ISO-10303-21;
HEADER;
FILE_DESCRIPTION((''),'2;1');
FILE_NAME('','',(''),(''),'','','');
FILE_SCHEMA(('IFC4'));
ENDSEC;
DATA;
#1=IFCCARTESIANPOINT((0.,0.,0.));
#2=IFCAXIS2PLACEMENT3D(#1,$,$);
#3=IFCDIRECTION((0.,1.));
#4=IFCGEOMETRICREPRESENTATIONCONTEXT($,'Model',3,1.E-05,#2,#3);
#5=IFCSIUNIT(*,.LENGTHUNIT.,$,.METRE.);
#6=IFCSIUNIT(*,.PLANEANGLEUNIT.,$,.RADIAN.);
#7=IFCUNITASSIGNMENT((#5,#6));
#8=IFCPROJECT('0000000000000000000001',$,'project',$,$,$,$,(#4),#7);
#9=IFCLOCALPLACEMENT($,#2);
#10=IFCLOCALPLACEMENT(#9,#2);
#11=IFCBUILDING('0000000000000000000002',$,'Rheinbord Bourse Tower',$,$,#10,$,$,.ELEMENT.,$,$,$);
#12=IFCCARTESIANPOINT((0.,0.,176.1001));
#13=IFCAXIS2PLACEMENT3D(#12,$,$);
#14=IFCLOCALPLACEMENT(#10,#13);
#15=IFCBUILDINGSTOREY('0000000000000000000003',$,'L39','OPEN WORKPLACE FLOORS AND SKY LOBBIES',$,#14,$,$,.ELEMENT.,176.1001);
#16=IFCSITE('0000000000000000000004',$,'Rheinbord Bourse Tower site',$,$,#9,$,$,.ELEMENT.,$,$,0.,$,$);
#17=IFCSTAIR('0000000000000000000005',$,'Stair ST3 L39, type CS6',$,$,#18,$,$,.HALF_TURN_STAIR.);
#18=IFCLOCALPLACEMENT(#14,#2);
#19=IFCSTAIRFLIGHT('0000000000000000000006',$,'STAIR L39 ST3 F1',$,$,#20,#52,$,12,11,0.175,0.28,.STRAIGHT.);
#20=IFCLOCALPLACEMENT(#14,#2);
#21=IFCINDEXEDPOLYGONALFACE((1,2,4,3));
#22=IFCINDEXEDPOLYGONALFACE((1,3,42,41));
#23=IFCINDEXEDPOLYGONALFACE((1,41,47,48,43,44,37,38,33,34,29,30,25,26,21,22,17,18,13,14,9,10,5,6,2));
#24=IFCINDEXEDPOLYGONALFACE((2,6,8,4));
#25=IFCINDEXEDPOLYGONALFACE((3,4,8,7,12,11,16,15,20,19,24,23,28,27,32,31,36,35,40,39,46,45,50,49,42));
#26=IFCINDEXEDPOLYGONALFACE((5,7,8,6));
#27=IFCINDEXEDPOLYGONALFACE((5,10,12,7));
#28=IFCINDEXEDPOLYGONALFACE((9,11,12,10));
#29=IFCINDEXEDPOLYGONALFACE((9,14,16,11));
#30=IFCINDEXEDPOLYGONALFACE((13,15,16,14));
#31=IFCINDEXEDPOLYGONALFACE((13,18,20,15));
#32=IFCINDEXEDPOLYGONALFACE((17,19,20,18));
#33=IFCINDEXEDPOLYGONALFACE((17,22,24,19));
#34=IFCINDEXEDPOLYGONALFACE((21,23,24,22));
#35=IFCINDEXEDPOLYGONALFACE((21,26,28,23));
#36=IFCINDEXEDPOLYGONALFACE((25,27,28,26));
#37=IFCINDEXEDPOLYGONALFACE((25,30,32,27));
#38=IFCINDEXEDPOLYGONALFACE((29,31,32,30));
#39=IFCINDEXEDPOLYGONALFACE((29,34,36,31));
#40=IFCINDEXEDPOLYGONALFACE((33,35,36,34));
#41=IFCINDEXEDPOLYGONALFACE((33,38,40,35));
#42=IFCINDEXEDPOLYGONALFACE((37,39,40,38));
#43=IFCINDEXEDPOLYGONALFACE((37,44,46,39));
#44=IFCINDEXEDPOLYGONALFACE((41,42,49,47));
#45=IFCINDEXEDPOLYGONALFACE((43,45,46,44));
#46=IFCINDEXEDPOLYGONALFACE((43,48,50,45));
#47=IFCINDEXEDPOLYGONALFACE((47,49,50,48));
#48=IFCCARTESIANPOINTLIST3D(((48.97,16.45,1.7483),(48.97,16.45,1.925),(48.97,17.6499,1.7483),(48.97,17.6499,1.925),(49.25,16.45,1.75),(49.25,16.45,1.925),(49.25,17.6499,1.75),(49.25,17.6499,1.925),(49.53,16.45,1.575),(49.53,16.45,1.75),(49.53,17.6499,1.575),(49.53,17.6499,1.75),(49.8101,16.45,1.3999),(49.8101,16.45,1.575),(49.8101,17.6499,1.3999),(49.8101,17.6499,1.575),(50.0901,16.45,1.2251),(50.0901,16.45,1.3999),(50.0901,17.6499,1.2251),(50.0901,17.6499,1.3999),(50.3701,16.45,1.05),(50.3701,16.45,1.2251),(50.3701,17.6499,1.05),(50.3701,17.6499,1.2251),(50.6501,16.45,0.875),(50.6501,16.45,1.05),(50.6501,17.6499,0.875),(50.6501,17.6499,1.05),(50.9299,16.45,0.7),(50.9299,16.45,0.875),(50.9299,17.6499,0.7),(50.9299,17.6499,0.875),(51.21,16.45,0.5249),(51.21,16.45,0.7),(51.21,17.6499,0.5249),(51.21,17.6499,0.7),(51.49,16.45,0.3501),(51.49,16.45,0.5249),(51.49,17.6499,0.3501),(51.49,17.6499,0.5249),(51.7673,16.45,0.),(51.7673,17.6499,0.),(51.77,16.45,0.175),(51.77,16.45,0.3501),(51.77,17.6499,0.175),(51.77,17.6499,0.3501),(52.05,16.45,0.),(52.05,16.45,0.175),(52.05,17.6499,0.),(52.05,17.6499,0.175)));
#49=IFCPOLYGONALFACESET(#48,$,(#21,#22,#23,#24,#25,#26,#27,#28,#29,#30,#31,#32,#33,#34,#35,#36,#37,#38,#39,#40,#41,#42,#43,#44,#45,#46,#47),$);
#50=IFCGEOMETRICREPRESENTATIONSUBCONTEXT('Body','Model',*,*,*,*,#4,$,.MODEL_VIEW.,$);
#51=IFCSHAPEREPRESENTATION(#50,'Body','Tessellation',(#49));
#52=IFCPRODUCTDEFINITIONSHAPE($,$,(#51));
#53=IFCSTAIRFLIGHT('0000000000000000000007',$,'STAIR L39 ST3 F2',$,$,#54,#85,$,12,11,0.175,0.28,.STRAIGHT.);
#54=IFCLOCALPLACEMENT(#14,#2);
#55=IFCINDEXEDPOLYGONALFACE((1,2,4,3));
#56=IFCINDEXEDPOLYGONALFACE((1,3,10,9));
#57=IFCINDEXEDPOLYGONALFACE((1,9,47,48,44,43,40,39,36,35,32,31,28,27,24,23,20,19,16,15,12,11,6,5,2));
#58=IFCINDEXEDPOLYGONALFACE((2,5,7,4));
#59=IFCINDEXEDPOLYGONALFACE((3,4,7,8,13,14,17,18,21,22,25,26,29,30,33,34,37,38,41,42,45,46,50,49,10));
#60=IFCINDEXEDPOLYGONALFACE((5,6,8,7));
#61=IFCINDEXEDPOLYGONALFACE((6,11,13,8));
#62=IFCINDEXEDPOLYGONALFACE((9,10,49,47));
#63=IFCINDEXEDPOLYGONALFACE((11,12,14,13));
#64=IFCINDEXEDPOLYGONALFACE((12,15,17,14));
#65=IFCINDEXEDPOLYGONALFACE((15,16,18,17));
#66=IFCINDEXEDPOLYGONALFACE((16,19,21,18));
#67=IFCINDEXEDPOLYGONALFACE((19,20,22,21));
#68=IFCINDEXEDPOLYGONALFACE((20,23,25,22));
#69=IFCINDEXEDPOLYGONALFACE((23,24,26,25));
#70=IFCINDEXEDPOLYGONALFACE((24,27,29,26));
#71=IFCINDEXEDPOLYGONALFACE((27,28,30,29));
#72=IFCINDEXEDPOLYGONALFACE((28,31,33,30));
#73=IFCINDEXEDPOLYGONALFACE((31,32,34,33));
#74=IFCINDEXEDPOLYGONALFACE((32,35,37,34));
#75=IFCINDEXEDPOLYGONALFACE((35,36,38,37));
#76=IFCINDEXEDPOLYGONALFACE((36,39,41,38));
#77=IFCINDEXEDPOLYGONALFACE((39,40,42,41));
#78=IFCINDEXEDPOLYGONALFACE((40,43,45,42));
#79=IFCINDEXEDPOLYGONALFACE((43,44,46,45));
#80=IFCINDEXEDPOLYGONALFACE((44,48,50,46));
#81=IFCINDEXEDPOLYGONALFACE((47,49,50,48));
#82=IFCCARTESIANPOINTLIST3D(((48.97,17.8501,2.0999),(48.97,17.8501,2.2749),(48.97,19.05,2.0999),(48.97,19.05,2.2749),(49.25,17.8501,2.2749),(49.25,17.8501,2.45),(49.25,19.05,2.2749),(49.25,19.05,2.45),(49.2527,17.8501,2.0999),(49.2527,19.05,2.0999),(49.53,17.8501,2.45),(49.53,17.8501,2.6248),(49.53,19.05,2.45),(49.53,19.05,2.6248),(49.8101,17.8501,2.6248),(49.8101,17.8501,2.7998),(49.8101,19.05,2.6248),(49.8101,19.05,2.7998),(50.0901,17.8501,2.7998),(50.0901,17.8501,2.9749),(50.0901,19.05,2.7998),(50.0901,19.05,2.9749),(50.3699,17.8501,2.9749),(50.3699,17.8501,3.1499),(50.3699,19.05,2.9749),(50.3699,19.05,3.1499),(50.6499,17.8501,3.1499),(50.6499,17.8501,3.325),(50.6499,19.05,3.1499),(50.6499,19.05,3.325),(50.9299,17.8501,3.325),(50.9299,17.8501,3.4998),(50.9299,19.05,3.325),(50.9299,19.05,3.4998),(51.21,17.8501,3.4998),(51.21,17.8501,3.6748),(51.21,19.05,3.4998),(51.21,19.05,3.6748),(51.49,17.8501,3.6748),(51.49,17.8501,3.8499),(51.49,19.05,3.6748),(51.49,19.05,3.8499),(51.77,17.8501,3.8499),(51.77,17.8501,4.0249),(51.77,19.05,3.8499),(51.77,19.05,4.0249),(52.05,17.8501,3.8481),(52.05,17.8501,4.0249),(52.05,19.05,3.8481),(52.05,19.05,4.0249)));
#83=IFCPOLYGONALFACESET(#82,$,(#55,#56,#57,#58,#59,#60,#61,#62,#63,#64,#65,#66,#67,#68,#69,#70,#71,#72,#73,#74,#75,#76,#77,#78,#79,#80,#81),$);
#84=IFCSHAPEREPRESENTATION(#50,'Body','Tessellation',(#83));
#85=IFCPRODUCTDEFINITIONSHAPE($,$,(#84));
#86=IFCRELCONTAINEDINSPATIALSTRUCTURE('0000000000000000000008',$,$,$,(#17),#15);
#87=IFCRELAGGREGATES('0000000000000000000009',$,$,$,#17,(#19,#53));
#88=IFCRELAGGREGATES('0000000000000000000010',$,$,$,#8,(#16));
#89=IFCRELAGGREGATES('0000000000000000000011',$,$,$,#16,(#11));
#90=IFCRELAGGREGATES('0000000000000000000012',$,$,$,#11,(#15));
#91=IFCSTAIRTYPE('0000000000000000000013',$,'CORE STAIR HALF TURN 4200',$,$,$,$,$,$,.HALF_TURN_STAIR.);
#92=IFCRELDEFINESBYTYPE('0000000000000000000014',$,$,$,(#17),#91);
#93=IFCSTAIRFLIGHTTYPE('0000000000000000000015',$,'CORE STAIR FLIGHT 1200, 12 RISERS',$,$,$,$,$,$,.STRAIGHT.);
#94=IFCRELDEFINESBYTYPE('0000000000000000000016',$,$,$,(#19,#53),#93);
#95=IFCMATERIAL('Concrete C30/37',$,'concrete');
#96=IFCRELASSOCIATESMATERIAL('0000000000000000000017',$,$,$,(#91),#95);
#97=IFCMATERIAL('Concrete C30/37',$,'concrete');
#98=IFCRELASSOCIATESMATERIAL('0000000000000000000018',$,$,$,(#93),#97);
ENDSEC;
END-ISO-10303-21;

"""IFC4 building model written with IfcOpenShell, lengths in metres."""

from ifc_helpers import new_model, si_unit, direction, frame, origin, place, context, subcontext, project, spatial, polyline, outline, extrude, material, type_object, element, aggregate, save


model = new_model("IFC4")

# Units and contexts
model_context = context("Model", 3, precision=1e-05, world=origin(), true_north=direction((0.0, 1.0)))
body_context = subcontext(model_context, "Body", "Model", "MODEL_VIEW")
ifc_project = project(units=[si_unit("LENGTHUNIT", "METRE"), si_unit("PLANEANGLEUNIT", "RADIAN")], contexts=[model_context])

# Site, building, storey
site_placement = place(None, origin())
site = spatial("IfcSite", under=ifc_project, at=site_placement, Name="Rheinbord Bourse Tower site", CompositionType="ELEMENT", RefElevation=0.0)
building_placement = place(site_placement, origin())
building = spatial("IfcBuilding", under=site, at=building_placement, Name="Rheinbord Bourse Tower", CompositionType="ELEMENT")
storey_placement = place(building_placement, frame((0.0, 0.0, 176.1001)))
storey = spatial("IfcBuildingStorey", under=building, at=storey_placement, Name="L39", Description="OPEN WORKPLACE FLOORS AND SKY LOBBIES", CompositionType="ELEMENT", Elevation=176.1001)

# Stair, stair flights
ifc_material_1 = material(Name="Concrete C30/37", Category="concrete")
stair_type = type_object("IfcStairType", Name="CORE STAIR HALF TURN 4200", PredefinedType="HALF_TURN_STAIR", material=ifc_material_1)
stair_placement = place(storey_placement, origin())
stair = element("IfcStair", 1, at=stair_placement, inside=storey, type_object=stair_type, Name="Stair ST3 L39, type CS6", PredefinedType="HALF_TURN_STAIR")
ifc_material_2 = material(Name="Concrete C30/37", Category="concrete")
stair_flight_type = type_object("IfcStairFlightType", Name="CORE STAIR FLIGHT 1200, 12 RISERS", PredefinedType="STRAIGHT", material=ifc_material_2)
stair_flight_1_placement = place(storey_placement, frame((52.05, 17.05, 0.0), z_axis=(0.0, 0.0, 1.0), x_axis=(-1.0, 0.0, 0.0)))
stair_flight_1 = element("IfcStairFlight", 2, at=stair_flight_1_placement, type_object=stair_flight_type, Name="STAIR L39 ST3 F1", NumberOfRisers=12, NumberOfTreads=11, PredefinedType="STRAIGHT", RiserHeight=0.175, TreadLength=0.28, context=body_context, shape_type="SweptSolid", body=[
    extrude(outline(polyline([(0.0, 0.0), (0.0, 0.175), (0.28, 0.175), (0.28, 0.3501), (0.5601, 0.3501), (0.5601, 0.5249), (0.8401, 0.5249), (0.8401, 0.7), (1.1201, 0.7), (1.1201, 0.875), (1.3999, 0.875), (1.3999, 1.05), (1.6799, 1.05), (1.6799, 1.2251), (1.96, 1.2251), (1.96, 1.3999), (2.24, 1.3999), (2.24, 1.575), (2.52, 1.575), (2.52, 1.75), (2.8, 1.75), (2.8, 1.925), (3.0801, 1.925), (3.0801, 2.1001), (3.0801, 1.7483), (0.2827, 0.0), (0.0, 0.0)])), frame((0.0, 0.6001, 0.0), z_axis=(0.0, -1.0, 0.0), x_axis=(1.0, 0.0, 0.0)), (0.0, 0.0, 1.0), 1.2),
])
stair_flight_2_placement = place(storey_placement, frame((48.97, 18.45, 2.0999), z_axis=(0.0, 0.0, 1.0), x_axis=(1.0, 0.0, 0.0)))
stair_flight_2 = element("IfcStairFlight", 3, at=stair_flight_2_placement, type_object=stair_flight_type, Name="STAIR L39 ST3 F2", NumberOfRisers=12, NumberOfTreads=11, PredefinedType="STRAIGHT", RiserHeight=0.175, TreadLength=0.28, context=body_context, shape_type="SweptSolid", body=[
    extrude(outline(polyline([(0.0, 0.0), (0.0, 0.175), (0.28, 0.175), (0.28, 0.3501), (0.5601, 0.3501), (0.5601, 0.5249), (0.8401, 0.5249), (0.8401, 0.7), (1.1201, 0.7), (1.1201, 0.875), (1.3999, 0.875), (1.3999, 1.05), (1.6799, 1.05), (1.6799, 1.2251), (1.96, 1.2251), (1.96, 1.3999), (2.24, 1.3999), (2.24, 1.575), (2.52, 1.575), (2.52, 1.75), (2.8, 1.75), (2.8, 1.925), (3.0801, 1.925), (3.0801, 2.1001), (3.0801, 1.7483), (0.2827, 0.0), (0.0, 0.0)])), frame((0.0, 0.6001, 0.0), z_axis=(0.0, -1.0, 0.0), x_axis=(1.0, 0.0, 0.0)), (0.0, 0.0, 1.0), 1.2),
])
aggregate(stair, [stair_flight_1, stair_flight_2])

save(model, "model.ifc")
